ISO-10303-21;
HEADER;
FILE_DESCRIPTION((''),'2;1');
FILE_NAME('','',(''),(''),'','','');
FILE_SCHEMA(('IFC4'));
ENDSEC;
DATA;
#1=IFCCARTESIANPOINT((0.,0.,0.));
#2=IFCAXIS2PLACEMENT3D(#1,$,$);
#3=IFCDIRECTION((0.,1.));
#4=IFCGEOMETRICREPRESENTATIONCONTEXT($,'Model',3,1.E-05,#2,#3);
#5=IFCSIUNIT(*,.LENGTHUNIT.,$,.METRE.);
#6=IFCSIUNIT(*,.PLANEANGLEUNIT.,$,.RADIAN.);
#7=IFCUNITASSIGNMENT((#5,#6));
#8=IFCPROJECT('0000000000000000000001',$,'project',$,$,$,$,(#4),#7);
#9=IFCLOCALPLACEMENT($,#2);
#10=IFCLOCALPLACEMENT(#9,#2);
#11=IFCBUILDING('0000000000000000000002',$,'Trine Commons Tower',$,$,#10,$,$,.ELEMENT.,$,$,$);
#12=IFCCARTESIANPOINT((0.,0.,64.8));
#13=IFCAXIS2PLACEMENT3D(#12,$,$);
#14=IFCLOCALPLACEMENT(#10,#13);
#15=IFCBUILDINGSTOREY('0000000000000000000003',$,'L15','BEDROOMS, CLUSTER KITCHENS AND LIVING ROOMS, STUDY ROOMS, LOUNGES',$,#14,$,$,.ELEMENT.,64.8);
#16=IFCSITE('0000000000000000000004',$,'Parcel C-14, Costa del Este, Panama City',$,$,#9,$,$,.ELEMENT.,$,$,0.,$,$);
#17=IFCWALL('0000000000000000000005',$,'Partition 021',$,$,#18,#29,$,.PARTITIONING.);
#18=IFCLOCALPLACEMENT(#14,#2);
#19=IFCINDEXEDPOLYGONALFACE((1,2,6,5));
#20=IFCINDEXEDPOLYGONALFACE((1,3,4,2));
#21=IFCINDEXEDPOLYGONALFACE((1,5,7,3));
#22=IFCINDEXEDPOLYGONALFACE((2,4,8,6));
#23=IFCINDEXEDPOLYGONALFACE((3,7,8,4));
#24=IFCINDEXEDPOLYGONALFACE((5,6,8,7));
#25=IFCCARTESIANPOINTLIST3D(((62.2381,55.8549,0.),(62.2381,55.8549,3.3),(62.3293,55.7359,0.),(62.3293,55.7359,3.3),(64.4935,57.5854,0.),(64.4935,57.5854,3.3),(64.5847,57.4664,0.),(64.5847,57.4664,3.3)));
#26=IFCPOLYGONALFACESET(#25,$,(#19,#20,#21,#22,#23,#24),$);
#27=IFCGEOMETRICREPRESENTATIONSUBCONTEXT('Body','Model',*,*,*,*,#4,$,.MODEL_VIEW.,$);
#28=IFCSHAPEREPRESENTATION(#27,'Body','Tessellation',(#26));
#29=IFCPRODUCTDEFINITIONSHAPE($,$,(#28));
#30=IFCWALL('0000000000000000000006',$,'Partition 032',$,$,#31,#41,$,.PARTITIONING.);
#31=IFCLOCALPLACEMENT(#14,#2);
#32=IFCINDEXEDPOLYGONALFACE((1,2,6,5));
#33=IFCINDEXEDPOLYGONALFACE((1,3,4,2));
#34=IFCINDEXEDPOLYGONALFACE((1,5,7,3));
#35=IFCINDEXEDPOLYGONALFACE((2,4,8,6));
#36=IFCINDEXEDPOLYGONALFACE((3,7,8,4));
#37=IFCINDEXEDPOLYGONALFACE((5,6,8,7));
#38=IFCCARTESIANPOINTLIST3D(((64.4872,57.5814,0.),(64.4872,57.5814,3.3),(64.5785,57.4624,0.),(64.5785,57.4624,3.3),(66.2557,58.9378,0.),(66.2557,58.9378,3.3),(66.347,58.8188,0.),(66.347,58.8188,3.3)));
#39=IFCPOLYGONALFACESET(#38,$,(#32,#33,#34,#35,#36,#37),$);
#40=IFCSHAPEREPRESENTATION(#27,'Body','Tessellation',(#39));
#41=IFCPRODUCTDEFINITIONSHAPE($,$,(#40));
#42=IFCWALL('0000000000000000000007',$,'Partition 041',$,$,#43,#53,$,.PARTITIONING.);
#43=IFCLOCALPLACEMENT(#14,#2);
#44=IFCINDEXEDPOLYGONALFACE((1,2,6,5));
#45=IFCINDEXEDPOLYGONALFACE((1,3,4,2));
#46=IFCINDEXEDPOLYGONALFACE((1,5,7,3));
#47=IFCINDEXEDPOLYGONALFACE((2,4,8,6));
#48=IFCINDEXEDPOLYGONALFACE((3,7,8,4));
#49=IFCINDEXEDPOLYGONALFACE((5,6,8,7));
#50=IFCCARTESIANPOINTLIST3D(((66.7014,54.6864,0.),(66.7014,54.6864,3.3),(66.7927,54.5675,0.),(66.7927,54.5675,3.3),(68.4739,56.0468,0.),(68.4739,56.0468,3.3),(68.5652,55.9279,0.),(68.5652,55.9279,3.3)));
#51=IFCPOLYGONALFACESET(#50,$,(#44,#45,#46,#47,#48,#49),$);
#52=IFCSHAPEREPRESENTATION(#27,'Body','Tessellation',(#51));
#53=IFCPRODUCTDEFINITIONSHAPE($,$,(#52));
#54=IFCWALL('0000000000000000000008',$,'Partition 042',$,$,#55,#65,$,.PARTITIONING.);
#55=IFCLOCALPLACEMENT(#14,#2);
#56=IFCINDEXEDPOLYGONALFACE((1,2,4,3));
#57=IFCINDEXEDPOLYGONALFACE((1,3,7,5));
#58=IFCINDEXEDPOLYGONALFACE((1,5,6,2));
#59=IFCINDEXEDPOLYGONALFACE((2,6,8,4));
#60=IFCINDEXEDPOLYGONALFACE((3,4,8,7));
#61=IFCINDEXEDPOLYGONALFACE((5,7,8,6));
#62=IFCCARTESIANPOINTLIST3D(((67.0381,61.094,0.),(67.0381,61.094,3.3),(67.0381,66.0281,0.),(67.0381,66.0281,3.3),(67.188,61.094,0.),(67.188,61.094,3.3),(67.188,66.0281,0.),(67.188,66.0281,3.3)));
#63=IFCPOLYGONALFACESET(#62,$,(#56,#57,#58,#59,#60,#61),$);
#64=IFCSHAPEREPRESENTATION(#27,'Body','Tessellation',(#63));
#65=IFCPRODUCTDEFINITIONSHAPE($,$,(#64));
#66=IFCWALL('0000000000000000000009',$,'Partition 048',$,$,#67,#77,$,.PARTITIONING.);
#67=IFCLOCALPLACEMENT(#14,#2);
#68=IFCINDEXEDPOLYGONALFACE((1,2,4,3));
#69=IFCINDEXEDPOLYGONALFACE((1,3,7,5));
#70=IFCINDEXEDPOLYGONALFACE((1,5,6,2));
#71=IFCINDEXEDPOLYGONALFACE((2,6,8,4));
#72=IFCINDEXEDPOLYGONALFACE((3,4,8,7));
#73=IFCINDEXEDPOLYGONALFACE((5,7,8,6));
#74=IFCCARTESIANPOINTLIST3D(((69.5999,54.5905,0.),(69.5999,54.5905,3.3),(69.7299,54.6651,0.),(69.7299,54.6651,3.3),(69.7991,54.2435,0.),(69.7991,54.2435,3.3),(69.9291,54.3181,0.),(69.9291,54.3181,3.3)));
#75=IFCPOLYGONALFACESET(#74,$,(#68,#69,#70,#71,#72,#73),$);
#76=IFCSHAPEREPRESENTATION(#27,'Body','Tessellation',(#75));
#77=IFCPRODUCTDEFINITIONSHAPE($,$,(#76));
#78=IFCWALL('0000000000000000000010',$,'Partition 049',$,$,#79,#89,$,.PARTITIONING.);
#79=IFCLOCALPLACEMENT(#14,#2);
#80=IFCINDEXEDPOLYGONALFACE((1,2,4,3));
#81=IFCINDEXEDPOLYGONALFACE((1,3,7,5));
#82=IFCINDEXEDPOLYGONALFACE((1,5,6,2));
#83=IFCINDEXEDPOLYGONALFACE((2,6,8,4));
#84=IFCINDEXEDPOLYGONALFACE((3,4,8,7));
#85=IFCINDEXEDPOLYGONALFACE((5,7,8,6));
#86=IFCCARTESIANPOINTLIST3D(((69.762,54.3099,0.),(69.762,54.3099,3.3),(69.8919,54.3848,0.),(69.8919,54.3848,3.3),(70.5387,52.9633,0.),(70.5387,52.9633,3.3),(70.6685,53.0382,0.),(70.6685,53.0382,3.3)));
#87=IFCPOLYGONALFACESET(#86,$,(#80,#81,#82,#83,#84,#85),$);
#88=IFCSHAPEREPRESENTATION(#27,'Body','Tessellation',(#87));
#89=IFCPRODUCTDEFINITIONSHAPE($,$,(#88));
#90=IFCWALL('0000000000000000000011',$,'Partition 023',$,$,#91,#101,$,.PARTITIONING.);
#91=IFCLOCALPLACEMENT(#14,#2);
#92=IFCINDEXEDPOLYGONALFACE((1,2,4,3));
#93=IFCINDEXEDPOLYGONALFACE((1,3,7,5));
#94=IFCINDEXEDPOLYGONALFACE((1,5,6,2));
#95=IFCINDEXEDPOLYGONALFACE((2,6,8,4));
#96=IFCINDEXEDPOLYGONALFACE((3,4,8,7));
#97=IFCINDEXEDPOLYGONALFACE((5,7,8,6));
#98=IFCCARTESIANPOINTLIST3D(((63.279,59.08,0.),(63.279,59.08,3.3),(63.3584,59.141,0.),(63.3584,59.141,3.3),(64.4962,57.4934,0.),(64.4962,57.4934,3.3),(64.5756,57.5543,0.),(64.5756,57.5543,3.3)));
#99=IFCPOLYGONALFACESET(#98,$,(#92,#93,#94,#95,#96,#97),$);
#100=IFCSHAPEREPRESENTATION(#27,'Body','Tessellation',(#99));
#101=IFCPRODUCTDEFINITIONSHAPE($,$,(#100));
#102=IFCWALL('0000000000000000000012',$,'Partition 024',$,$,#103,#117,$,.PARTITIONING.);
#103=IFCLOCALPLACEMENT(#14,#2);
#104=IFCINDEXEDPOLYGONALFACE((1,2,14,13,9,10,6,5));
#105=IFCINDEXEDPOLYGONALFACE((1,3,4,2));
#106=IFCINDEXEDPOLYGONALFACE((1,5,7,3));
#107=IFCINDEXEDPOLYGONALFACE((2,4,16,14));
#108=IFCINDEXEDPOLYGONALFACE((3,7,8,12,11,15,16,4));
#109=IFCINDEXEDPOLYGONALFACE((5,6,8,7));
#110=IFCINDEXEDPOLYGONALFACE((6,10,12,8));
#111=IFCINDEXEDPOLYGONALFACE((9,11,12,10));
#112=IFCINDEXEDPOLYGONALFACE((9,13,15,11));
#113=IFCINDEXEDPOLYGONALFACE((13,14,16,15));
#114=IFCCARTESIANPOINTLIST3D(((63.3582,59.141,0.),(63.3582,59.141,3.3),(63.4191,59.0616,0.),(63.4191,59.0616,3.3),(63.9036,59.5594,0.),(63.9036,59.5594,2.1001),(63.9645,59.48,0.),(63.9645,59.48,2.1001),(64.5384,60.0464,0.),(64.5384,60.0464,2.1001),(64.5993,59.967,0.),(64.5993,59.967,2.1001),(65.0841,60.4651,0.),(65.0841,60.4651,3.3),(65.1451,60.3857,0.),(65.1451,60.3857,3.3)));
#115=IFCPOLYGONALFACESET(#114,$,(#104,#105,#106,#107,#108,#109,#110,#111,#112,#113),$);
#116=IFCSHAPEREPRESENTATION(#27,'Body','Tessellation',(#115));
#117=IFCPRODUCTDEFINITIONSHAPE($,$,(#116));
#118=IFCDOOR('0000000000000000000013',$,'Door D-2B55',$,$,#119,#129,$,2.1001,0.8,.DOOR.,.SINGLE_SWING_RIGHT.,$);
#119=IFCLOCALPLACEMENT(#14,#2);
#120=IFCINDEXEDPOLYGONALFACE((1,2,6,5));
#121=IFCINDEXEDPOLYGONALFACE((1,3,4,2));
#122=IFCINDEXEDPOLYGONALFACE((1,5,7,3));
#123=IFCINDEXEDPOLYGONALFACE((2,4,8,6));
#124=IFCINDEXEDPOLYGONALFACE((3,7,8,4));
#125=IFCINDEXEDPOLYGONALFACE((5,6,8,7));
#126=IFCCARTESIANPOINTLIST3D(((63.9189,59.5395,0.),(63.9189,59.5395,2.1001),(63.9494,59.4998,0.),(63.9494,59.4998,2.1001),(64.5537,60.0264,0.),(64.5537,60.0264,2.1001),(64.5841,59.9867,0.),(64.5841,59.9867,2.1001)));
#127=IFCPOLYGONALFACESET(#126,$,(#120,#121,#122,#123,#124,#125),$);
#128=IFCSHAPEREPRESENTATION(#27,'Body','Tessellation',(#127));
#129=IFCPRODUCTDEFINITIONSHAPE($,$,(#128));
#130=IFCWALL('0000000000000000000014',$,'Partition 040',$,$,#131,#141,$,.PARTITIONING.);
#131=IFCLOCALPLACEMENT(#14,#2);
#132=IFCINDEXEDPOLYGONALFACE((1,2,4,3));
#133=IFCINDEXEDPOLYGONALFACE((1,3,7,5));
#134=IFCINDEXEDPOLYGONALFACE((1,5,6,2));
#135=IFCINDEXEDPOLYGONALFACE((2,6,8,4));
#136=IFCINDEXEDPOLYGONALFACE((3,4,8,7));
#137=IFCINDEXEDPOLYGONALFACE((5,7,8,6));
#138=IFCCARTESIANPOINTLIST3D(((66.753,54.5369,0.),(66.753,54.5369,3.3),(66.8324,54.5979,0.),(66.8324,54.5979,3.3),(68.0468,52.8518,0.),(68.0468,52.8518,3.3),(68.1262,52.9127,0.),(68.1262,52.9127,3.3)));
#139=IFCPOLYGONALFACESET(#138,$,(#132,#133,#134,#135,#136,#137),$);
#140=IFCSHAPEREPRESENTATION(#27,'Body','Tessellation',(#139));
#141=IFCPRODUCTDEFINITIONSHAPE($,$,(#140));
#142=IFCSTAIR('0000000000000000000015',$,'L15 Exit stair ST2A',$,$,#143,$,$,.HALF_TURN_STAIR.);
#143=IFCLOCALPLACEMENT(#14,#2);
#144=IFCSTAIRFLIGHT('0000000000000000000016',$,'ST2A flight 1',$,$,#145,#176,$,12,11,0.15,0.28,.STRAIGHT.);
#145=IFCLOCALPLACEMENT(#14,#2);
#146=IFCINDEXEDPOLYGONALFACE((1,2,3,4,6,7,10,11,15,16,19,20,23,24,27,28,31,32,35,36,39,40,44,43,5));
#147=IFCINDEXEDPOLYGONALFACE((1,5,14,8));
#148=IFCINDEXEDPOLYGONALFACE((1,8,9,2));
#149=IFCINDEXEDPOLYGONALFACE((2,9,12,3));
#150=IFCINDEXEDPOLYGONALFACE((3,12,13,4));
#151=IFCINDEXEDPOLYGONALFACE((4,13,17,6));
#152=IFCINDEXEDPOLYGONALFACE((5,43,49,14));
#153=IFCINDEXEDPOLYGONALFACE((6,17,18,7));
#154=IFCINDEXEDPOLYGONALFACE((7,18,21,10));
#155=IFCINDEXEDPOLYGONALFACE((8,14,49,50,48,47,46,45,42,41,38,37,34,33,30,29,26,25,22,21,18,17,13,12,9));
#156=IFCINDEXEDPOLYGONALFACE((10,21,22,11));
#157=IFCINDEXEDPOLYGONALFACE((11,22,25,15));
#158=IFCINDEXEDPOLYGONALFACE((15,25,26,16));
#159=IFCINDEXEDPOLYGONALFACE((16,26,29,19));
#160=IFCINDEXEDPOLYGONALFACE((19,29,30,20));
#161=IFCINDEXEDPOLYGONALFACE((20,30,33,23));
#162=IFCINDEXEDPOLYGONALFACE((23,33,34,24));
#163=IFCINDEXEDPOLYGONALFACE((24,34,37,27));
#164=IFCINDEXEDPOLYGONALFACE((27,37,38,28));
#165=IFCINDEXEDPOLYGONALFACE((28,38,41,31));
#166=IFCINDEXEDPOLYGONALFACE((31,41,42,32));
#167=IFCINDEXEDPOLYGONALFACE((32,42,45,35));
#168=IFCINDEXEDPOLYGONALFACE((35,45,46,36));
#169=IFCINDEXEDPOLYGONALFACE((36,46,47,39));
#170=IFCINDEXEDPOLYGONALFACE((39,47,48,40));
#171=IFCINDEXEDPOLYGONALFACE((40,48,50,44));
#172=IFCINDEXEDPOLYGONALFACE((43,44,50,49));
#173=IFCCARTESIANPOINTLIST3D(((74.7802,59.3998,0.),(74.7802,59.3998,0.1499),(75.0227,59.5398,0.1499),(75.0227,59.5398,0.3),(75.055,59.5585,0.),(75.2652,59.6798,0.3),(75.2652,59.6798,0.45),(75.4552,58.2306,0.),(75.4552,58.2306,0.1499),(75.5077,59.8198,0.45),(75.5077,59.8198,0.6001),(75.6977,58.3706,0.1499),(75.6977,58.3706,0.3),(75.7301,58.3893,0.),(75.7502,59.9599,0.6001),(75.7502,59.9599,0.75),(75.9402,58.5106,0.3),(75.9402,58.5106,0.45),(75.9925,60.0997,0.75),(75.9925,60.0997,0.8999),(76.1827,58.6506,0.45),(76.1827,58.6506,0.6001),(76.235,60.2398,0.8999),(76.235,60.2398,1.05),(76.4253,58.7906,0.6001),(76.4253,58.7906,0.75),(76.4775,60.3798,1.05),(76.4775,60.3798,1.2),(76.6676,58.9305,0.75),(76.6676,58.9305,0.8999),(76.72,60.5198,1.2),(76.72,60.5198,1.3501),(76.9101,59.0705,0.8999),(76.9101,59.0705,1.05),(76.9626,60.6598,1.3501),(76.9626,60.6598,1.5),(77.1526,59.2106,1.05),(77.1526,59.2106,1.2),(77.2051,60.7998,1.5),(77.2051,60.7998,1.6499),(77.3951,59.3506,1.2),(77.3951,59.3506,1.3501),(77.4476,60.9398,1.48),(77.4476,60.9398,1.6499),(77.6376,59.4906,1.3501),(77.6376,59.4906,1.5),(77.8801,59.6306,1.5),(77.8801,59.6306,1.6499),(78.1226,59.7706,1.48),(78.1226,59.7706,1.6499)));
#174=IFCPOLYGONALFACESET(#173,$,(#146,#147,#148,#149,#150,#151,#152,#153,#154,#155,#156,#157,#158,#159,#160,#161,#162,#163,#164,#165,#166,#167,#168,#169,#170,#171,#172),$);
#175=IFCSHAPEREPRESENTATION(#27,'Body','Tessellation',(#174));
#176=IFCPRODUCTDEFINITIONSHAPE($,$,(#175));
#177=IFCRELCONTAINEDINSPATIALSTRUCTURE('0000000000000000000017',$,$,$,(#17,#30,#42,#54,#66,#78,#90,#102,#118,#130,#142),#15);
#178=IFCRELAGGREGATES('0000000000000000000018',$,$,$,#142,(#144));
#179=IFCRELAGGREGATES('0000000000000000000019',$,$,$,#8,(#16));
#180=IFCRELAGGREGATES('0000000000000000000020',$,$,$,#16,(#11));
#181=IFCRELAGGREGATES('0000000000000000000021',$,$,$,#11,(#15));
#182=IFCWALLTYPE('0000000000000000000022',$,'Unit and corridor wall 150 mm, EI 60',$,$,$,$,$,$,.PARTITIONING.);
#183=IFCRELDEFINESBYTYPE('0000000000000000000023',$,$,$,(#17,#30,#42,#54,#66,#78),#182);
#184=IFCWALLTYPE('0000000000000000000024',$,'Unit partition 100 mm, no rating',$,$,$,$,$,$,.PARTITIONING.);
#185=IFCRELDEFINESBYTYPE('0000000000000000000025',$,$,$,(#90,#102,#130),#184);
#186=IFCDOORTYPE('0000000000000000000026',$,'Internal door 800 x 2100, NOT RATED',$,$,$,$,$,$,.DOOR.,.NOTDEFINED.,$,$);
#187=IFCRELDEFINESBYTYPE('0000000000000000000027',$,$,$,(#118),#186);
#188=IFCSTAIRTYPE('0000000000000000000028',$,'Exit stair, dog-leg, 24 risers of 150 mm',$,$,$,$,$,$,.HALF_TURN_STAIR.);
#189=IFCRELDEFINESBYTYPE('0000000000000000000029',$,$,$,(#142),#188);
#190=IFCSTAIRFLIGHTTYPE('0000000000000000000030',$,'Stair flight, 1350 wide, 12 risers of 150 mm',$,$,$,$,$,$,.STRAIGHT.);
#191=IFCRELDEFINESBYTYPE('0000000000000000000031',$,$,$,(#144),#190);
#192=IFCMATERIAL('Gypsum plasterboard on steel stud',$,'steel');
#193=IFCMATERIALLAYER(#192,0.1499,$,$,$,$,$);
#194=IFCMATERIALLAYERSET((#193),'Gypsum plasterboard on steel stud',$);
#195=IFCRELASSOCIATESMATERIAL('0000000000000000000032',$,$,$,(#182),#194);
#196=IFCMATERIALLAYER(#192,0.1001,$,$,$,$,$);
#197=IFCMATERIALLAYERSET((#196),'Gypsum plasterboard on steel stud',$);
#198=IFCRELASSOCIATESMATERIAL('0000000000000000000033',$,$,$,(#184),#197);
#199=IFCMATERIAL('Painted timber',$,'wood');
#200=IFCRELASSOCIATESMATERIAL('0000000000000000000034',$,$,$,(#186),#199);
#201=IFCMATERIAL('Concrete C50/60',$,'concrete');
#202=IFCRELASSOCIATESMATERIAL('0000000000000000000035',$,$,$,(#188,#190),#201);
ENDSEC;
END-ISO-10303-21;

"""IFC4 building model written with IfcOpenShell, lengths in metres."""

from ifc_helpers import new_model, si_unit, direction, frame, frame_2d, origin, place, context, subcontext, project, spatial, polyline, rectangle, outline, extrude, material, layer, layer_set, type_object, element, fill, aggregate, save


model = new_model("IFC4")

# Units and contexts
model_context = context("Model", 3, precision=1e-05, world=origin(), true_north=direction((0.0, 1.0)))
body_context = subcontext(model_context, "Body", "Model", "MODEL_VIEW")
ifc_project = project(units=[si_unit("LENGTHUNIT", "METRE"), si_unit("PLANEANGLEUNIT", "RADIAN")], contexts=[model_context])

# Site, building, storey
site_placement = place(None, origin())
site = spatial("IfcSite", under=ifc_project, at=site_placement, Name="Parcel C-14, Costa del Este, Panama City", CompositionType="ELEMENT", RefElevation=0.0)
building_placement = place(site_placement, origin())
building = spatial("IfcBuilding", under=site, at=building_placement, Name="Trine Commons Tower", CompositionType="ELEMENT")
storey_placement = place(building_placement, frame((0.0, 0.0, 64.8)))
storey = spatial("IfcBuildingStorey", under=building, at=storey_placement, Name="L15", Description="BEDROOMS, CLUSTER KITCHENS AND LIVING ROOMS, STUDY ROOMS, LOUNGES", CompositionType="ELEMENT", Elevation=64.8)

# Walls
ifc_material_1 = material(Name="Gypsum plasterboard on steel stud", Category="steel")
ifc_layer_1 = layer(ifc_material_1, 0.1499)
ifc_layer_set_1 = layer_set([ifc_layer_1], Name="Gypsum plasterboard on steel stud")
wall_type_1 = type_object("IfcWallType", Name="Unit and corridor wall 150 mm, EI 60", PredefinedType="PARTITIONING", material=ifc_layer_set_1)
wall_1_placement = place(storey_placement, frame((62.2837, 55.7954, 0.0), z_axis=(0.0, 0.0, 1.0), x_axis=(0.793377, 0.608731, 0.0)))
element("IfcWall", 1, at=wall_1_placement, inside=storey, type_object=wall_type_1, Name="Partition 021", PredefinedType="PARTITIONING", context=body_context, shape_type="SweptSolid", body=[
    extrude(rectangle(XDim=2.8428, YDim=0.1499, at=frame_2d((1.4214, 0.0))), origin(), (0.0, 0.0, 1.0), 3.3),
])
wall_2_placement = place(storey_placement, frame((64.533, 57.522, 0.0), z_axis=(0.0, 0.0, 1.0), x_axis=(0.793486, 0.608588, 0.0)))
element("IfcWall", 2, at=wall_2_placement, inside=storey, type_object=wall_type_1, Name="Partition 032", PredefinedType="PARTITIONING", context=body_context, shape_type="SweptSolid", body=[
    extrude(rectangle(XDim=2.2288, YDim=0.1499, at=frame_2d((1.1143, 0.0))), origin(), (0.0, 0.0, 1.0), 3.3),
])
wall_3_placement = place(storey_placement, frame((66.7471, 54.627, 0.0), z_axis=(0.0, 0.0, 1.0), x_axis=(0.79329, 0.608844, 0.0)))
element("IfcWall", 3, at=wall_3_placement, inside=storey, type_object=wall_type_1, Name="Partition 041", PredefinedType="PARTITIONING", context=body_context, shape_type="SweptSolid", body=[
    extrude(rectangle(XDim=2.2344, YDim=0.1499, at=frame_2d((1.1172, 0.0))), origin(), (0.0, 0.0, 1.0), 3.3),
])
wall_4_placement = place(storey_placement, frame((67.113, 61.094, 0.0), z_axis=(0.0, 0.0, 1.0), x_axis=(0.0, 1.0, 0.0)))
element("IfcWall", 4, at=wall_4_placement, inside=storey, type_object=wall_type_1, Name="Partition 042", PredefinedType="PARTITIONING", context=body_context, shape_type="SweptSolid", body=[
    extrude(rectangle(XDim=4.9341, YDim=0.1499, at=frame_2d((2.467, 0.0))), origin(), (0.0, 0.0, 1.0), 3.3),
])
wall_5_placement = place(storey_placement, frame((69.6648, 54.6279, 0.0), z_axis=(0.0, 0.0, 1.0), x_axis=(0.497978, -0.86719, 0.0)))
element("IfcWall", 5, at=wall_5_placement, inside=storey, type_object=wall_type_1, Name="Partition 048", PredefinedType="PARTITIONING", context=body_context, shape_type="SweptSolid", body=[
    extrude(rectangle(XDim=0.4001, YDim=0.1499, at=frame_2d((0.2002, 0.0))), origin(), (0.0, 0.0, 1.0), 3.3),
])
wall_6_placement = place(storey_placement, frame((69.8269, 54.3474, 0.0), z_axis=(0.0, 0.0, 1.0), x_axis=(0.499636, -0.866235, 0.0)))
element("IfcWall", 6, at=wall_6_placement, inside=storey, type_object=wall_type_1, Name="Partition 049", PredefinedType="PARTITIONING", context=body_context, shape_type="SweptSolid", body=[
    extrude(rectangle(XDim=1.5544, YDim=0.1499, at=frame_2d((0.7773, 0.0))), origin(), (0.0, 0.0, 1.0), 3.3),
])
ifc_layer_2 = layer(ifc_material_1, 0.1001)
ifc_layer_set_2 = layer_set([ifc_layer_2], Name="Gypsum plasterboard on steel stud")
wall_type_2 = type_object("IfcWallType", Name="Unit partition 100 mm, no rating", PredefinedType="PARTITIONING", material=ifc_layer_set_2)
wall_7_placement = place(storey_placement, frame((63.3186, 59.1106, 0.0), z_axis=(0.0, 0.0, 1.0), x_axis=(0.608695, -0.793404, 0.0)))
element("IfcWall", 7, at=wall_7_placement, inside=storey, type_object=wall_type_2, Name="Partition 023", PredefinedType="PARTITIONING", context=body_context, shape_type="SweptSolid", body=[
    extrude(rectangle(XDim=1.9998, YDim=0.1001, at=frame_2d((1.0, 0.0))), origin(), (0.0, 0.0, 1.0), 3.3),
])

# Wall, opening, door
wall_8_placement = place(storey_placement, frame((63.3887, 59.1013, 0.0), z_axis=(0.0, 0.0, 1.0), x_axis=(0.79342, 0.608674, 0.0)))
wall_8 = element("IfcWall", 8, at=wall_8_placement, inside=storey, type_object=wall_type_2, Name="Partition 024", PredefinedType="PARTITIONING", context=body_context, shape_type="SweptSolid", body=[
    extrude(rectangle(XDim=2.1753, YDim=0.1001, at=frame_2d((1.0876, 0.0))), origin(), (0.0, 0.0, 1.0), 3.3),
])
opening_1_placement = place(wall_8_placement, frame((0.6875, 0.0, 0.0)))
opening_1 = element("IfcOpeningElement", 9, at=opening_1_placement, cuts=wall_8, PredefinedType="OPENING", context=body_context, shape_type="SweptSolid", body=[
    extrude(rectangle(XDim=0.8, YDim=2.1001, at=frame_2d((0.3999, 1.05))), frame((0.0, 0.0601, 0.0), z_axis=(0.0, -1.0, 0.0), x_axis=(1.0, 0.0, 0.0)), (0.0, 0.0, 1.0), 0.1201),
])
ifc_material_2 = material(Name="Painted timber", Category="wood")
door_type_1 = type_object("IfcDoorType", Name="Internal door 800 x 2100, NOT RATED", OperationType="NOTDEFINED", PredefinedType="DOOR", material=ifc_material_2)
door_1_placement = place(opening_1_placement, origin())
door_1 = element("IfcDoor", 10, at=door_1_placement, inside=storey, type_object=door_type_1, Name="Door D-2B55", OperationType="SINGLE_SWING_RIGHT", OverallHeight=2.1001, OverallWidth=0.8, PredefinedType="DOOR", context=body_context, shape_type="SweptSolid", body=[
    extrude(rectangle(XDim=0.8, YDim=2.1001, at=frame_2d((0.3999, 1.05))), frame((0.0, 0.0249, 0.0), z_axis=(0.0, -1.0, 0.0), x_axis=(1.0, 0.0, 0.0)), (0.0, 0.0, 1.0), 0.05),
])
fill(opening_1, door_1)

# Wall
wall_9_placement = place(storey_placement, frame((66.7927, 54.5674, 0.0), z_axis=(0.0, 0.0, 1.0), x_axis=(0.608972, -0.793192, 0.0)))
element("IfcWall", 11, at=wall_9_placement, inside=storey, type_object=wall_type_2, Name="Partition 040", PredefinedType="PARTITIONING", context=body_context, shape_type="SweptSolid", body=[
    extrude(rectangle(XDim=2.1245, YDim=0.1001, at=frame_2d((1.0623, 0.0))), origin(), (0.0, 0.0, 1.0), 3.3),
])

# Stair, stair flight
ifc_material_3 = material(Name="Concrete C50/60", Category="concrete")
stair_type = type_object("IfcStairType", Name="Exit stair, dog-leg, 24 risers of 150 mm", PredefinedType="HALF_TURN_STAIR", material=ifc_material_3)
stair_placement = place(storey_placement, origin())
stair = element("IfcStair", 12, at=stair_placement, inside=storey, type_object=stair_type, Name="L15 Exit stair ST2A", PredefinedType="HALF_TURN_STAIR")
stair_flight_type = type_object("IfcStairFlightType", Name="Stair flight, 1350 wide, 12 risers of 150 mm", PredefinedType="STRAIGHT", material=ifc_material_3)
stair_flight_placement = place(storey_placement, frame((75.1177, 58.8152, 0.0), z_axis=(0.0, 0.0, 1.0), x_axis=(0.866025, 0.5, 0.0)))
stair_flight = element("IfcStairFlight", 13, at=stair_flight_placement, type_object=stair_flight_type, Name="ST2A flight 1", NumberOfRisers=12, NumberOfTreads=11, PredefinedType="STRAIGHT", RiserHeight=0.15, TreadLength=0.28, context=body_context, shape_type="SweptSolid", body=[
    extrude(outline(polyline([(0.0, 0.0), (0.0, 0.1499), (0.28, 0.1499), (0.28, 0.3), (0.5601, 0.3), (0.5601, 0.45), (0.8401, 0.45), (0.8401, 0.6001), (1.1201, 0.6001), (1.1201, 0.75), (1.3999, 0.75), (1.3999, 0.8999), (1.6799, 0.8999), (1.6799, 1.05), (1.96, 1.05), (1.96, 1.2), (2.24, 1.2), (2.24, 1.3501), (2.52, 1.3501), (2.52, 1.5), (2.8, 1.5), (2.8, 1.6499), (3.0801, 1.6499), (3.0801, 1.8), (3.0801, 1.48), (0.3174, 0.0), (0.0, 0.0)])), frame((0.0, 0.675, 0.0), z_axis=(0.0, -1.0, 0.0), x_axis=(1.0, 0.0, 0.0)), (0.0, 0.0, 1.0), 1.3501),
])
aggregate(stair, [stair_flight])

save(model, "model.ifc")
